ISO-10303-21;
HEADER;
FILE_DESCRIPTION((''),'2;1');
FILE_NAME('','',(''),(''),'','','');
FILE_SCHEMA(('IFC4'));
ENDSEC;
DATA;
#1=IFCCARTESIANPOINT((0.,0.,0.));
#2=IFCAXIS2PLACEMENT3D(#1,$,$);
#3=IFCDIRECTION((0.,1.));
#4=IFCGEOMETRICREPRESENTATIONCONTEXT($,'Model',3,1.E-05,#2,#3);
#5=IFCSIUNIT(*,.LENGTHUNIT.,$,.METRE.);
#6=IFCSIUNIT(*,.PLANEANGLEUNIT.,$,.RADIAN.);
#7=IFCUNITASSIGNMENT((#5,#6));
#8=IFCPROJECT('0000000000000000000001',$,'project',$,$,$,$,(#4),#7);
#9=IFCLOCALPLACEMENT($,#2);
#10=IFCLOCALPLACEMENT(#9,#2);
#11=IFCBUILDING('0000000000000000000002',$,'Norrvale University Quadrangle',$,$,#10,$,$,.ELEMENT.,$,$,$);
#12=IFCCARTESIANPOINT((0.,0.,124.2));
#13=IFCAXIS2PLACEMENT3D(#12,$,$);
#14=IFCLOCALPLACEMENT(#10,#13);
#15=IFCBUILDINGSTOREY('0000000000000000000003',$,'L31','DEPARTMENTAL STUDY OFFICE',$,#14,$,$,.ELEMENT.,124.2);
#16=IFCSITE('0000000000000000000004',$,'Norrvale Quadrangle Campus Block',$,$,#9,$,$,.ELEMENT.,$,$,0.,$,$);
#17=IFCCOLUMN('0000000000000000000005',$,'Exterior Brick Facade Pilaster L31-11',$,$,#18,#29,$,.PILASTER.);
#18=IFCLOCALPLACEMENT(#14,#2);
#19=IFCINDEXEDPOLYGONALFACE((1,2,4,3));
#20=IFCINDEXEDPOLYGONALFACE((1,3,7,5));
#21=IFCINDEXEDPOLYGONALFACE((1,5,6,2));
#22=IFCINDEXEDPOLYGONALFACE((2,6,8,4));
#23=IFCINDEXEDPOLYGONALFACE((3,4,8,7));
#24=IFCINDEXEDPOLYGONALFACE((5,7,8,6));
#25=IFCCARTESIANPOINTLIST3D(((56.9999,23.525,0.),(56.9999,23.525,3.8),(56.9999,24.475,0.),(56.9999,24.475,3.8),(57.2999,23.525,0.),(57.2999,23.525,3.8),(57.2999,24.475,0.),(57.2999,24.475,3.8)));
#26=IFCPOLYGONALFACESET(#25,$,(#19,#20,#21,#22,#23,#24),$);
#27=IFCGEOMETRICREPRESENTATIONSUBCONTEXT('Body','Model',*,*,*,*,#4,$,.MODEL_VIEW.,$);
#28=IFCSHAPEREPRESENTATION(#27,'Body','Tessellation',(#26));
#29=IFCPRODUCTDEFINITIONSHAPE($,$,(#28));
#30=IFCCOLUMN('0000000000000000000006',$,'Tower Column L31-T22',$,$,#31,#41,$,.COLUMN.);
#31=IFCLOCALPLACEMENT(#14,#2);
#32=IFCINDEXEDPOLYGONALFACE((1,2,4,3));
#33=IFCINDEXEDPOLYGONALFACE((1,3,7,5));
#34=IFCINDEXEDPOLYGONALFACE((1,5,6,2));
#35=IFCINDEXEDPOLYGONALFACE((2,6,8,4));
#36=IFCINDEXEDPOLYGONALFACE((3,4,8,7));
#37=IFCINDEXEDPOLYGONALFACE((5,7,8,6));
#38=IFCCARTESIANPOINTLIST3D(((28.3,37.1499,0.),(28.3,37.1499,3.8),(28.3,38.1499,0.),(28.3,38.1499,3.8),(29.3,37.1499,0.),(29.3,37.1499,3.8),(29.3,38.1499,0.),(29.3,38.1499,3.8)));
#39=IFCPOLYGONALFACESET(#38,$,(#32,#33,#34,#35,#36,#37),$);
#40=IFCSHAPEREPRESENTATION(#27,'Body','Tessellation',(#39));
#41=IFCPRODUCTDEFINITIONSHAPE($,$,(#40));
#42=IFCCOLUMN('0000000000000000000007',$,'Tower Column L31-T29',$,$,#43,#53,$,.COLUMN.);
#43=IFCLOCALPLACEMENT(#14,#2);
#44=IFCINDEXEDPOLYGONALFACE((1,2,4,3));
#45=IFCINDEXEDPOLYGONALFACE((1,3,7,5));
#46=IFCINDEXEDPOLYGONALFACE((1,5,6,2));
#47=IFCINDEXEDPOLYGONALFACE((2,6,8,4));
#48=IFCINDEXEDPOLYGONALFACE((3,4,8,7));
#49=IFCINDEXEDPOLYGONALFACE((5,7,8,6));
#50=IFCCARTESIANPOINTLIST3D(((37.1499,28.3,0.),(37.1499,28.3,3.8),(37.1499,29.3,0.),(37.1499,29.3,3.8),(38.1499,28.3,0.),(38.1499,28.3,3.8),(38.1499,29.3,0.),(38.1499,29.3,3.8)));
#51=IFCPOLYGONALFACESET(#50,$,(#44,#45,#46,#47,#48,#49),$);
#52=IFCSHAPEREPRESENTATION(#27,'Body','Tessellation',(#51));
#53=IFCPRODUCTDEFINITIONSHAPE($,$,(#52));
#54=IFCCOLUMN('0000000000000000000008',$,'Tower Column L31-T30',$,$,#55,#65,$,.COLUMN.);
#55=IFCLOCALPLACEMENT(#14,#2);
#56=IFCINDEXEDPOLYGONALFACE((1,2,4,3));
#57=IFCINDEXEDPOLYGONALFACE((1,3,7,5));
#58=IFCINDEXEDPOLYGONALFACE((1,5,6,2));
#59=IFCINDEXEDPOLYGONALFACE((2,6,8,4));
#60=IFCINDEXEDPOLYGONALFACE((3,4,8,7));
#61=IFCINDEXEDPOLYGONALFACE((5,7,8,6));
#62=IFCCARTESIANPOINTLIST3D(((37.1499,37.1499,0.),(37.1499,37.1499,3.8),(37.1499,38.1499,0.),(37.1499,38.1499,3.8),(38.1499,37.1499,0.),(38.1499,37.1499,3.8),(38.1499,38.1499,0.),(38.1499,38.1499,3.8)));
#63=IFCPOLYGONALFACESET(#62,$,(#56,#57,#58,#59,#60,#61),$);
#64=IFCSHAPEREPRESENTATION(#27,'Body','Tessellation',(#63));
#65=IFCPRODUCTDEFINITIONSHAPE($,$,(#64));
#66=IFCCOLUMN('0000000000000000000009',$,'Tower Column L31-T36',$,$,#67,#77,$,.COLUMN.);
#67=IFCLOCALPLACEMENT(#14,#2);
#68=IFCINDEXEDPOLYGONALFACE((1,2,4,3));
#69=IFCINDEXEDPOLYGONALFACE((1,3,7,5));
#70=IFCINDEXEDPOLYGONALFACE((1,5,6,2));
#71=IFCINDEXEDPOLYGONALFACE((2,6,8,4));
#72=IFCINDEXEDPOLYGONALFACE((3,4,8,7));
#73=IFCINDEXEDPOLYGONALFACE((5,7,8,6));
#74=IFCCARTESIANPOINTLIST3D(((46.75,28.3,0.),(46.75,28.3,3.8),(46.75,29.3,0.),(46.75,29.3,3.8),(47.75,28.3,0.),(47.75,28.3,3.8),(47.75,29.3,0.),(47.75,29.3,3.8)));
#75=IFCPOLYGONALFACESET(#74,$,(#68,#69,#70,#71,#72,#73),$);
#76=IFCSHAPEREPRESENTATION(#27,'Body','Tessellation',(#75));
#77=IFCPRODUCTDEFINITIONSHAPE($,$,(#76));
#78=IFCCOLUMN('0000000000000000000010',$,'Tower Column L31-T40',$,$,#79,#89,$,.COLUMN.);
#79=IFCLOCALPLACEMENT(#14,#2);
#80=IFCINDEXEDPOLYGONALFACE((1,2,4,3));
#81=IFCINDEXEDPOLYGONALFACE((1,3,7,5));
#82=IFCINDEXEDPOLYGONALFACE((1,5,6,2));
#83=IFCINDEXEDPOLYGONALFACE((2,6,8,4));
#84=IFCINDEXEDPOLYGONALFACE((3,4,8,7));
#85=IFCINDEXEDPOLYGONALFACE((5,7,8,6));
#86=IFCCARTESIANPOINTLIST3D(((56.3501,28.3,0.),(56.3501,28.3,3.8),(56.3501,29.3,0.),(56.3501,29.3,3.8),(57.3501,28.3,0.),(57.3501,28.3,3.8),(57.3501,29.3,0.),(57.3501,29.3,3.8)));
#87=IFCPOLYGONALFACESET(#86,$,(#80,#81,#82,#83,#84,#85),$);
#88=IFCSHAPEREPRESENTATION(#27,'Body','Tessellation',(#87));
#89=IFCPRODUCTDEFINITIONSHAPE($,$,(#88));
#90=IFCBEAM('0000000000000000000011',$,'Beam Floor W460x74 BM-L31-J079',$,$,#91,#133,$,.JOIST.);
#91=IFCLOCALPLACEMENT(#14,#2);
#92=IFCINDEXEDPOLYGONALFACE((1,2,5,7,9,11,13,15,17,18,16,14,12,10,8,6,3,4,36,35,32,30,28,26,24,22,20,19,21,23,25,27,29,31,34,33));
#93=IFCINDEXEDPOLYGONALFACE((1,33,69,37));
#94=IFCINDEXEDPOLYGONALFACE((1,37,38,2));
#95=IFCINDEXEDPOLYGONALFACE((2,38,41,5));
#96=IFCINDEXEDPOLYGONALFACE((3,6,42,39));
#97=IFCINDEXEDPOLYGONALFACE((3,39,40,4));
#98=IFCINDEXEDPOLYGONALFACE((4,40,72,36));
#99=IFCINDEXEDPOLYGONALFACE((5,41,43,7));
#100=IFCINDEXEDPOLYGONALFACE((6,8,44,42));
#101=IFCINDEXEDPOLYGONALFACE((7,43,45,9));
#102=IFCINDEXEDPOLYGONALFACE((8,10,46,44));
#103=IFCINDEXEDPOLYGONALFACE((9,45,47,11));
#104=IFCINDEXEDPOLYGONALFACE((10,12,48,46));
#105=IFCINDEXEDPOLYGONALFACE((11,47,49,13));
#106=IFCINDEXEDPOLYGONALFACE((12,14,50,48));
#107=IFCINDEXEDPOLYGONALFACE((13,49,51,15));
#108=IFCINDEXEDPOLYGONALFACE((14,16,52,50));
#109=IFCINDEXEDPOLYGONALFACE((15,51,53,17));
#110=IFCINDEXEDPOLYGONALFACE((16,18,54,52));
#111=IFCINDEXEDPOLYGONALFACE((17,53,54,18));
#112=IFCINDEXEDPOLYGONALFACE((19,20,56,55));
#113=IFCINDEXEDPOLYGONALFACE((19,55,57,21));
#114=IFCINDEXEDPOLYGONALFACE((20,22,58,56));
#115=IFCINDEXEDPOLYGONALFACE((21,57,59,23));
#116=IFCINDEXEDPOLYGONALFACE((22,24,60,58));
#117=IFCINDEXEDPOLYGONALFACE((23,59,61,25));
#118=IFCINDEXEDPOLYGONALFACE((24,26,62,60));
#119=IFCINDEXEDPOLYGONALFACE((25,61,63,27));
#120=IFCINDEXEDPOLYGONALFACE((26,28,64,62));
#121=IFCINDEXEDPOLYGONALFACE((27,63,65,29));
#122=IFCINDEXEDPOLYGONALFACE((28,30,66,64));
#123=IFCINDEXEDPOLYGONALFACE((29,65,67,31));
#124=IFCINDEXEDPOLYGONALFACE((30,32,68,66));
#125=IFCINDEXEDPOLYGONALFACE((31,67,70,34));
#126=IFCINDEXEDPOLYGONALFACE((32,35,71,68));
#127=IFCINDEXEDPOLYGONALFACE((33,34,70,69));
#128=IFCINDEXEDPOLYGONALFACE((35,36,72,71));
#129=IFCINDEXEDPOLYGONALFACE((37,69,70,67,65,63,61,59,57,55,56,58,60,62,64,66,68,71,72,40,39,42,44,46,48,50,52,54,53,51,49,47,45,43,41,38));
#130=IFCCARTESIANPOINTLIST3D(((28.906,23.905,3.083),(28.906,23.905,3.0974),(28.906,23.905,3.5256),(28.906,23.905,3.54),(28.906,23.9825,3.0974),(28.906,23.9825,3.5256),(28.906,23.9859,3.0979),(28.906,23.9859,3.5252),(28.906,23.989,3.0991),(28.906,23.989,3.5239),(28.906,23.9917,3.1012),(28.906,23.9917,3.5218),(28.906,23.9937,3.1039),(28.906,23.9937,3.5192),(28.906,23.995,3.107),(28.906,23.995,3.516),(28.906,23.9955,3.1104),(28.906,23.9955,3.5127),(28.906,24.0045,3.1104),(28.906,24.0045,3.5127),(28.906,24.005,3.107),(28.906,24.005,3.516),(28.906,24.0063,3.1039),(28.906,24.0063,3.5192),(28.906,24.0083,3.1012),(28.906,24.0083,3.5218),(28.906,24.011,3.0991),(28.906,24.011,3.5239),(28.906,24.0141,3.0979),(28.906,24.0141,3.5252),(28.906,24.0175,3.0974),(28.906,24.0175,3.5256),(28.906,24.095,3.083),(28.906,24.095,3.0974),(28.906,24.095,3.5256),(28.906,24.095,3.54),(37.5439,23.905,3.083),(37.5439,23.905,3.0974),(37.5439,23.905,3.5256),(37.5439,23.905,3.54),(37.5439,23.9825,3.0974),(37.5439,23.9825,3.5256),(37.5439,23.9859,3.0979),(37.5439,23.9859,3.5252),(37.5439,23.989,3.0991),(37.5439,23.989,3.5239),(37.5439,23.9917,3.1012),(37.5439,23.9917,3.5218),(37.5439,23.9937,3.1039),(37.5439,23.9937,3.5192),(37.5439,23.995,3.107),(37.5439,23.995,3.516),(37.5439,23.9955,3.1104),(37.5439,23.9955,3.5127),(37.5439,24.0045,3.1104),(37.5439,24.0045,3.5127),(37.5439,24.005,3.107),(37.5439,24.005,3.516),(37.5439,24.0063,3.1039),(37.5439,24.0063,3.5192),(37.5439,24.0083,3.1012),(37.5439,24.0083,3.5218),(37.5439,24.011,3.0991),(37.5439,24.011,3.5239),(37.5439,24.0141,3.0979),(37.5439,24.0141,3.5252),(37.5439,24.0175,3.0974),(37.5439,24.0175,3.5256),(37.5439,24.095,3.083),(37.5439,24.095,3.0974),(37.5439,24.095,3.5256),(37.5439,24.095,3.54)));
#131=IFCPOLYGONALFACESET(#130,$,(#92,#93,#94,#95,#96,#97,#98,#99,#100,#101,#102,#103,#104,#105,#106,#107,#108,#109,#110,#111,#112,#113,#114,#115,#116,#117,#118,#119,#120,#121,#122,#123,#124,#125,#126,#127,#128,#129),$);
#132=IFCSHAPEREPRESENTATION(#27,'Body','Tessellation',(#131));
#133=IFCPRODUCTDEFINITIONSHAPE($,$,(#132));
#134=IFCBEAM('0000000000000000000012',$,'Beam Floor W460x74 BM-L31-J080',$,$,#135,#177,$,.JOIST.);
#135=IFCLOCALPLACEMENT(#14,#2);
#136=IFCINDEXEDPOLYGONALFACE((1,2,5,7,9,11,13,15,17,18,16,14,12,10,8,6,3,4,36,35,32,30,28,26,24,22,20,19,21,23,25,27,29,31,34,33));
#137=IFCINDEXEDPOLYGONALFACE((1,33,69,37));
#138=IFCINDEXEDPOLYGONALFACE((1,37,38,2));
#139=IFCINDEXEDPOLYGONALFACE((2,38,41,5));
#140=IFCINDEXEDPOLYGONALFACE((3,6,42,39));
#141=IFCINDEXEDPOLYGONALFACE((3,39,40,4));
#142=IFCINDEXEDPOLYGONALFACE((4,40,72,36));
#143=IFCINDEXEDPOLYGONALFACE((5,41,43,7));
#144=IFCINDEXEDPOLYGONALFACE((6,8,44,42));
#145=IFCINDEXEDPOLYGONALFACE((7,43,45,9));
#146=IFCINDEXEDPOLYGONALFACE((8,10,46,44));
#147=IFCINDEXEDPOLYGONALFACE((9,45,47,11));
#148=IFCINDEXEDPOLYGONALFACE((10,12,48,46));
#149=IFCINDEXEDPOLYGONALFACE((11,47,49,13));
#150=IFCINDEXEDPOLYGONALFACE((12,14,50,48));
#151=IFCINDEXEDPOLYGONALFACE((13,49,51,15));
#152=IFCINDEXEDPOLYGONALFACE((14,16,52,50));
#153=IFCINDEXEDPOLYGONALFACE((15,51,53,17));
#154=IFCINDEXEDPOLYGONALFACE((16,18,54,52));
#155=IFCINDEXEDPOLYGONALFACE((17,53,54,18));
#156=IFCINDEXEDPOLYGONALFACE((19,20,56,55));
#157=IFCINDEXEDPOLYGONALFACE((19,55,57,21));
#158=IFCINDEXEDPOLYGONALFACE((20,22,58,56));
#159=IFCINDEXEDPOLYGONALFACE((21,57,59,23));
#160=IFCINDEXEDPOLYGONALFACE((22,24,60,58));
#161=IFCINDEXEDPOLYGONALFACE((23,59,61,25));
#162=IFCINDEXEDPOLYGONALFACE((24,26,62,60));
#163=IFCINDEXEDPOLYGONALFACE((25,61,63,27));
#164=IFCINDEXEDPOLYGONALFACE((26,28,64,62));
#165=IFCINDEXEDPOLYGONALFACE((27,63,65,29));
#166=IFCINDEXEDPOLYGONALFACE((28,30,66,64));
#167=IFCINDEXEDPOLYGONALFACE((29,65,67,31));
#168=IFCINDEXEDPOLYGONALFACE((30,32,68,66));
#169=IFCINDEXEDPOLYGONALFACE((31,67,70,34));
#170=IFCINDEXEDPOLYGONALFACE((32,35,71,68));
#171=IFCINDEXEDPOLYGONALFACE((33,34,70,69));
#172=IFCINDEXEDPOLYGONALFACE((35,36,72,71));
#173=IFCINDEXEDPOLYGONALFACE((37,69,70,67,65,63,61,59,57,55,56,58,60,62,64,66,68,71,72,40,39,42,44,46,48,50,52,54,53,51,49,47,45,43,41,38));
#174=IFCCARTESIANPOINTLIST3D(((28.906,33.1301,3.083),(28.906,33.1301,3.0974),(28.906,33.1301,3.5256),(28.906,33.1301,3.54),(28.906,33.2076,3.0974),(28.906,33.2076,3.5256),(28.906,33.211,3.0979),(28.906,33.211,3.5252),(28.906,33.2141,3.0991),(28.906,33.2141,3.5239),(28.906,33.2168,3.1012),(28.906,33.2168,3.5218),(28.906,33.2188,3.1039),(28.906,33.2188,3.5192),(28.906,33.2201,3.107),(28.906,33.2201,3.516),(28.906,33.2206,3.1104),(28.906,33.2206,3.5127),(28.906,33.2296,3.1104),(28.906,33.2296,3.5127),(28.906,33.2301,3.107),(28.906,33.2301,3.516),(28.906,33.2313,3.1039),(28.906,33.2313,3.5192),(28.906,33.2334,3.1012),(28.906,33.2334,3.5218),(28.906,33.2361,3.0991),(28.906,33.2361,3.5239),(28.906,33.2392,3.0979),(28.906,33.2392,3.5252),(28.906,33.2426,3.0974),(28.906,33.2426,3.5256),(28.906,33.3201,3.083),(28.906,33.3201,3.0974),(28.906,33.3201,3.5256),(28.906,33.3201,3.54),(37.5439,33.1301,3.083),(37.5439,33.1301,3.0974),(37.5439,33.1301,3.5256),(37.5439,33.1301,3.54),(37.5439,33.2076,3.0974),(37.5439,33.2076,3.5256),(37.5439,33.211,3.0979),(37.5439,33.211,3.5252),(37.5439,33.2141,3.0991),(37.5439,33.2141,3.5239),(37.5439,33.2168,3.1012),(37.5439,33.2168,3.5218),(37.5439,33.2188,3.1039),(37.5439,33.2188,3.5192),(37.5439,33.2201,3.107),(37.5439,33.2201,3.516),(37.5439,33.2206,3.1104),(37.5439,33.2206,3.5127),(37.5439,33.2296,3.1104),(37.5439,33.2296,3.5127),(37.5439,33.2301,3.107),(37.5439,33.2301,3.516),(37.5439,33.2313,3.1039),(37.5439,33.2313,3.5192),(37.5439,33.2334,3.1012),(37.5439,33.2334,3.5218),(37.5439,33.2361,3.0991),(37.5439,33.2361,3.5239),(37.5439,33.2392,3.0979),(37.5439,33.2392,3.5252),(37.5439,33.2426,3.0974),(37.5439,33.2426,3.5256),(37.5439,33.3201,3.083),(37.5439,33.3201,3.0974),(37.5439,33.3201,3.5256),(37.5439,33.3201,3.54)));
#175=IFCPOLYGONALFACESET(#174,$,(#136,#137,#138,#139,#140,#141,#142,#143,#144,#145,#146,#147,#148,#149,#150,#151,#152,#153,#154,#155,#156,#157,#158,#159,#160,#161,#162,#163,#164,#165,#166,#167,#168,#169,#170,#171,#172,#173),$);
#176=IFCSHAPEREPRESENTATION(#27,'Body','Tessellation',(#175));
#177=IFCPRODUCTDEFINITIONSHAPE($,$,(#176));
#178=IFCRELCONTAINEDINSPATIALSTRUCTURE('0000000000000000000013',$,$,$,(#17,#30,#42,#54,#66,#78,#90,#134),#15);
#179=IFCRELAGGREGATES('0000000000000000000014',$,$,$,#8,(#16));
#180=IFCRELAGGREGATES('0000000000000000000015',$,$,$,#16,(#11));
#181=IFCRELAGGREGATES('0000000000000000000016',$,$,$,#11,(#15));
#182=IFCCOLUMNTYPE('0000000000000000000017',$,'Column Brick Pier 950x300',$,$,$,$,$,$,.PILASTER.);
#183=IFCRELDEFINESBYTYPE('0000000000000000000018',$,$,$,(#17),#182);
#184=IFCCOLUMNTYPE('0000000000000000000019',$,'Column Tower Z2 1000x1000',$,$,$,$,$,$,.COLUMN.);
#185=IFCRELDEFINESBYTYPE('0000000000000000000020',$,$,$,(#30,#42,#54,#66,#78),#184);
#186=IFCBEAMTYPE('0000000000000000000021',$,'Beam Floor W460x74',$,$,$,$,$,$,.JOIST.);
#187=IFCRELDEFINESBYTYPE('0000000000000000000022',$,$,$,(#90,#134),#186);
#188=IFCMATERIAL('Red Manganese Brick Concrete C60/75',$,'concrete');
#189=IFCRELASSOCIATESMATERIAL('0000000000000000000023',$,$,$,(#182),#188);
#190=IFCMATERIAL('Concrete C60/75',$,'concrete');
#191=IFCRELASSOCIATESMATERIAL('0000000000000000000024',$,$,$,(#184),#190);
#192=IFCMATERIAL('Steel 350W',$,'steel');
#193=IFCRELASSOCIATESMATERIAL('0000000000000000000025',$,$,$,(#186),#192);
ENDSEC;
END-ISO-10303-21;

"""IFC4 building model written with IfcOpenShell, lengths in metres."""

from ifc_helpers import new_model, si_unit, direction, frame, origin, origin_2d, place, context, subcontext, project, spatial, rectangle, i_section, extrude, material, material_profile, profile_set, type_object, element, save


model = new_model("IFC4")

# Units and contexts
model_context = context("Model", 3, precision=1e-05, world=origin(), true_north=direction((0.0, 1.0)))
body_context = subcontext(model_context, "Body", "Model", "MODEL_VIEW")
ifc_project = project(units=[si_unit("LENGTHUNIT", "METRE"), si_unit("PLANEANGLEUNIT", "RADIAN")], contexts=[model_context])

# Site, building, storey
site_placement = place(None, origin())
site = spatial("IfcSite", under=ifc_project, at=site_placement, Name="Norrvale Quadrangle Campus Block", CompositionType="ELEMENT", RefElevation=0.0)
building_placement = place(site_placement, origin())
building = spatial("IfcBuilding", under=site, at=building_placement, Name="Norrvale University Quadrangle", CompositionType="ELEMENT")
storey_placement = place(building_placement, frame((0.0, 0.0, 124.2)))
storey = spatial("IfcBuildingStorey", under=building, at=storey_placement, Name="L31", Description="DEPARTMENTAL STUDY OFFICE", CompositionType="ELEMENT", Elevation=124.2)

# Columns
ifc_material_1 = material(Name="Red Manganese Brick Concrete C60/75", Category="concrete")
ifc_material_profile_1 = material_profile(ifc_material_1, rectangle(XDim=0.95, YDim=0.3, at=origin_2d()), Name="Red Manganese Brick Concrete C60/75")
ifc_profile_set_1 = profile_set([ifc_material_profile_1], Name="Red Manganese Brick Concrete C60/75")
column_type_1 = type_object("IfcColumnType", Name="Column Brick Pier 950x300", PredefinedType="PILASTER", material=ifc_profile_set_1)
column_placement = place(storey_placement, frame((57.1499, 24.0, 0.0), z_axis=(0.0, 0.0, 1.0), x_axis=(0.0, 1.0, 0.0)))
element("IfcColumn", 1, at=column_placement, inside=storey, type_object=column_type_1, Name="Exterior Brick Facade Pilaster L31-11", PredefinedType="PILASTER", context=body_context, shape_type="SweptSolid", body=[
    extrude(rectangle(XDim=0.95, YDim=0.3, at=origin_2d()), origin(), (0.0, 0.0, 1.0), 3.8),
])
ifc_material_2 = material(Name="Concrete C60/75", Category="concrete")
ifc_material_profile_2 = material_profile(ifc_material_2, rectangle(XDim=1.0, YDim=1.0, at=origin_2d()), Name="Concrete C60/75")
ifc_profile_set_2 = profile_set([ifc_material_profile_2], Name="Concrete C60/75")
column_type_2 = type_object("IfcColumnType", Name="Column Tower Z2 1000x1000", PredefinedType="COLUMN", material=ifc_profile_set_2)
for number, where, z_axis, x_axis, name in (
    (2, (28.8, 37.6499, 0.0), (0.0, 0.0, 1.0), (1.0, 0.0, 0.0), "Tower Column L31-T22"),
    (3, (37.6499, 28.8, 0.0), (0.0, 0.0, 1.0), (1.0, 0.0, 0.0), "Tower Column L31-T29"),
    (4, (37.6499, 37.6499, 0.0), (0.0, 0.0, 1.0), (1.0, 0.0, 0.0), "Tower Column L31-T30"),
    (5, (47.25, 28.8, 0.0), (0.0, 0.0, 1.0), (1.0, 0.0, 0.0), "Tower Column L31-T36"),
    (6, (56.8501, 28.8, 0.0), (0.0, 0.0, 1.0), (1.0, 0.0, 0.0), "Tower Column L31-T40"),
):
    element("IfcColumn", number, at=place(storey_placement, frame(where, z_axis=z_axis, x_axis=x_axis)), inside=storey, type_object=column_type_2, Name=name, PredefinedType="COLUMN", context=body_context, shape_type="SweptSolid", body=[
        extrude(rectangle(XDim=1.0, YDim=1.0, at=origin_2d()), origin(), (0.0, 0.0, 1.0), 3.8),
    ])

# Beams
ifc_material_3 = material(Name="Steel 350W", Category="steel")
ifc_material_profile_3 = material_profile(ifc_material_3, i_section(OverallWidth=0.1899, OverallDepth=0.457, WebThickness=0.009, FlangeThickness=0.0144, FilletRadius=0.0129, at=origin_2d()), Name="Steel 350W")
ifc_profile_set_3 = profile_set([ifc_material_profile_3], Name="Steel 350W")
beam_type_1 = type_object("IfcBeamType", Name="Beam Floor W460x74", PredefinedType="JOIST", material=ifc_profile_set_3)
for number, where, z_axis, x_axis, name in (
    (7, (28.906, 24.0, 3.3115), (1.0, 0.0, 0.0), (0.0, 1.0, 0.0), "Beam Floor W460x74 BM-L31-J079"),
    (8, (28.906, 33.2251, 3.3115), (1.0, 0.0, 0.0), (0.0, 1.0, 0.0), "Beam Floor W460x74 BM-L31-J080"),
):
    element("IfcBeam", number, at=place(storey_placement, frame(where, z_axis=z_axis, x_axis=x_axis)), inside=storey, type_object=beam_type_1, Name=name, PredefinedType="JOIST", context=body_context, shape_type="SweptSolid", body=[
        extrude(i_section(OverallWidth=0.1899, OverallDepth=0.457, WebThickness=0.009, FlangeThickness=0.0144, FilletRadius=0.0129, at=origin_2d()), origin(), (0.0, 0.0, 1.0), 8.6379),
    ])

save(model, "model.ifc")
